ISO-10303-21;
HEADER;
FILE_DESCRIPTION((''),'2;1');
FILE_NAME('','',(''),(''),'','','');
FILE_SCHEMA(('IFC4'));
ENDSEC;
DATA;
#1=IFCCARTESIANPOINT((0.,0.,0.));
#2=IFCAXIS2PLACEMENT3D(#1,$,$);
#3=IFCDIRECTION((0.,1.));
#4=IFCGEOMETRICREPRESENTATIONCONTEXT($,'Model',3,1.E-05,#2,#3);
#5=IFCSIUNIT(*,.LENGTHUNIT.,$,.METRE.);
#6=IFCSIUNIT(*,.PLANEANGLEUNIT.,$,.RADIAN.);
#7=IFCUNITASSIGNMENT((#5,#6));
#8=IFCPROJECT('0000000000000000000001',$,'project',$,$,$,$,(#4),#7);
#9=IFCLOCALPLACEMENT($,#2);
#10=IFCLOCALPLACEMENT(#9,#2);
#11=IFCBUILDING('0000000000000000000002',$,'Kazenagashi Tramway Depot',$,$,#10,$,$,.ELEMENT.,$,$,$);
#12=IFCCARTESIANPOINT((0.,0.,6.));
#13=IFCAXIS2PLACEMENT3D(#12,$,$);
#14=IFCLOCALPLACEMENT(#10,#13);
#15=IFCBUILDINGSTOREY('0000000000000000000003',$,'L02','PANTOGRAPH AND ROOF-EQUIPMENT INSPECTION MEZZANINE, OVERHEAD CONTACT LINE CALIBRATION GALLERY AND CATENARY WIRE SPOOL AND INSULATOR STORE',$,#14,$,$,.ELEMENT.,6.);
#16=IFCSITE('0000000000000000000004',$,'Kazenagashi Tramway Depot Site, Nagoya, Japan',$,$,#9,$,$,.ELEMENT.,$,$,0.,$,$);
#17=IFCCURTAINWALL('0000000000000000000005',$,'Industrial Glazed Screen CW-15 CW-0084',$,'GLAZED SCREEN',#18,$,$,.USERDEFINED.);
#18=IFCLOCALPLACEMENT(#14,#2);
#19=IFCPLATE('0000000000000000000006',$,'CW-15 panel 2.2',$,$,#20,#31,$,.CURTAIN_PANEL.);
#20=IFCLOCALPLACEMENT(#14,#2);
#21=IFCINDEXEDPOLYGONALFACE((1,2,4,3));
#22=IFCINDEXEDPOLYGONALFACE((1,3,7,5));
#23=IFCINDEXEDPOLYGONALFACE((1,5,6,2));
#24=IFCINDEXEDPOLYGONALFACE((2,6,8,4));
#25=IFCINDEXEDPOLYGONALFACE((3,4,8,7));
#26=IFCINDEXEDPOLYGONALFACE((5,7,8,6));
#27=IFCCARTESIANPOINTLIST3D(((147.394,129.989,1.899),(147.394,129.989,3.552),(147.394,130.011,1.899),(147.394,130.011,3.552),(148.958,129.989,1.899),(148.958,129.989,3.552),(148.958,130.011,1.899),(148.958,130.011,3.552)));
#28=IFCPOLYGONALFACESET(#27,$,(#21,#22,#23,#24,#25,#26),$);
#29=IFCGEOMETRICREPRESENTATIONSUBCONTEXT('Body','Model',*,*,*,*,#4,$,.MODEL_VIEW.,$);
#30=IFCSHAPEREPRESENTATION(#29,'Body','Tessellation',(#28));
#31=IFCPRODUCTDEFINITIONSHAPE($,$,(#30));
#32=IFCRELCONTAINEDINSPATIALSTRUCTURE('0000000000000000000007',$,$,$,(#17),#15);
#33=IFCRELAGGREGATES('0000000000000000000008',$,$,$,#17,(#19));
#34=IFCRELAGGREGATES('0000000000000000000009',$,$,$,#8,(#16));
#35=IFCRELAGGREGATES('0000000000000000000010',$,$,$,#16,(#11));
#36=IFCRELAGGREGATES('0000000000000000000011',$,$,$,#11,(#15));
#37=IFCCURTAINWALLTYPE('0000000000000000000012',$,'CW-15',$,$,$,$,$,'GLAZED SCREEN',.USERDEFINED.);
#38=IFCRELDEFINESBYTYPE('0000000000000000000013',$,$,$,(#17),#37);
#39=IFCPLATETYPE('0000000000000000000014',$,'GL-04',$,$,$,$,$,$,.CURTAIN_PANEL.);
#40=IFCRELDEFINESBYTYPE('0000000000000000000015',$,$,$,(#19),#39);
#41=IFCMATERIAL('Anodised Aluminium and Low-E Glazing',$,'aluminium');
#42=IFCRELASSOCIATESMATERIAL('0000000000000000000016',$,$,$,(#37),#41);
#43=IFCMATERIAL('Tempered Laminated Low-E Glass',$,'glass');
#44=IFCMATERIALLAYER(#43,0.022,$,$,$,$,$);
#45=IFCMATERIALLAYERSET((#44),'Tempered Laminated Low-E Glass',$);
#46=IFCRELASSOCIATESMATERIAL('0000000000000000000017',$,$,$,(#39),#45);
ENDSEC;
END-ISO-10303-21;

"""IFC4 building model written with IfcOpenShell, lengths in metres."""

from ifc_helpers import new_model, si_unit, direction, frame, origin, origin_2d, place, context, subcontext, project, spatial, rectangle, extrude, material, layer, layer_set, type_object, element, aggregate, save


model = new_model("IFC4")

# Units and contexts
model_context = context("Model", 3, precision=1e-05, world=origin(), true_north=direction((0.0, 1.0)))
body_context = subcontext(model_context, "Body", "Model", "MODEL_VIEW")
ifc_project = project(units=[si_unit("LENGTHUNIT", "METRE"), si_unit("PLANEANGLEUNIT", "RADIAN")], contexts=[model_context])

# Site, building, storey
site_placement = place(None, origin())
site = spatial("IfcSite", under=ifc_project, at=site_placement, Name="Kazenagashi Tramway Depot Site, Nagoya, Japan", CompositionType="ELEMENT", RefElevation=0.0)
building_placement = place(site_placement, origin())
building = spatial("IfcBuilding", under=site, at=building_placement, Name="Kazenagashi Tramway Depot", CompositionType="ELEMENT")
storey_placement = place(building_placement, frame((0.0, 0.0, 6.0)))
storey = spatial("IfcBuildingStorey", under=building, at=storey_placement, Name="L02", Description="PANTOGRAPH AND ROOF-EQUIPMENT INSPECTION MEZZANINE, OVERHEAD CONTACT LINE CALIBRATION GALLERY AND CATENARY WIRE SPOOL AND INSULATOR STORE", CompositionType="ELEMENT", Elevation=6.0)

# Curtain wall
ifc_material_1 = material(Name="Anodised Aluminium and Low-E Glazing", Category="aluminium")
curtain_wall_type = type_object("IfcCurtainWallType", Name="CW-15", ElementType="GLAZED SCREEN", PredefinedType="USERDEFINED", material=ifc_material_1)
curtain_wall_1_placement = place(storey_placement, origin())
curtain_wall_1 = element("IfcCurtainWall", 1, at=curtain_wall_1_placement, inside=storey, type_object=curtain_wall_type, Name="Industrial Glazed Screen CW-15 CW-0084", ObjectType="GLAZED SCREEN", PredefinedType="USERDEFINED")

# Plate
ifc_material_2 = material(Name="Tempered Laminated Low-E Glass", Category="glass")
ifc_layer_1 = layer(ifc_material_2, 0.022)
ifc_layer_set_1 = layer_set([ifc_layer_1], Name="Tempered Laminated Low-E Glass")
plate_type_1 = type_object("IfcPlateType", Name="GL-04", PredefinedType="CURTAIN_PANEL", material=ifc_layer_set_1)
plate_1_placement = place(storey_placement, frame((148.176, 130.0, 1.899), z_axis=(0.0, 0.0, 1.0), x_axis=(1.0, 0.0, 0.0)))
plate_1 = element("IfcPlate", 2, at=plate_1_placement, type_object=plate_type_1, Name="CW-15 panel 2.2", PredefinedType="CURTAIN_PANEL", context=body_context, shape_type="SweptSolid", body=[
    extrude(rectangle(XDim=1.564, YDim=0.022, at=origin_2d()), origin(), (0.0, 0.0, 1.0), 1.653),
])
aggregate(curtain_wall_1, [plate_1])

save(model, "model.ifc")
